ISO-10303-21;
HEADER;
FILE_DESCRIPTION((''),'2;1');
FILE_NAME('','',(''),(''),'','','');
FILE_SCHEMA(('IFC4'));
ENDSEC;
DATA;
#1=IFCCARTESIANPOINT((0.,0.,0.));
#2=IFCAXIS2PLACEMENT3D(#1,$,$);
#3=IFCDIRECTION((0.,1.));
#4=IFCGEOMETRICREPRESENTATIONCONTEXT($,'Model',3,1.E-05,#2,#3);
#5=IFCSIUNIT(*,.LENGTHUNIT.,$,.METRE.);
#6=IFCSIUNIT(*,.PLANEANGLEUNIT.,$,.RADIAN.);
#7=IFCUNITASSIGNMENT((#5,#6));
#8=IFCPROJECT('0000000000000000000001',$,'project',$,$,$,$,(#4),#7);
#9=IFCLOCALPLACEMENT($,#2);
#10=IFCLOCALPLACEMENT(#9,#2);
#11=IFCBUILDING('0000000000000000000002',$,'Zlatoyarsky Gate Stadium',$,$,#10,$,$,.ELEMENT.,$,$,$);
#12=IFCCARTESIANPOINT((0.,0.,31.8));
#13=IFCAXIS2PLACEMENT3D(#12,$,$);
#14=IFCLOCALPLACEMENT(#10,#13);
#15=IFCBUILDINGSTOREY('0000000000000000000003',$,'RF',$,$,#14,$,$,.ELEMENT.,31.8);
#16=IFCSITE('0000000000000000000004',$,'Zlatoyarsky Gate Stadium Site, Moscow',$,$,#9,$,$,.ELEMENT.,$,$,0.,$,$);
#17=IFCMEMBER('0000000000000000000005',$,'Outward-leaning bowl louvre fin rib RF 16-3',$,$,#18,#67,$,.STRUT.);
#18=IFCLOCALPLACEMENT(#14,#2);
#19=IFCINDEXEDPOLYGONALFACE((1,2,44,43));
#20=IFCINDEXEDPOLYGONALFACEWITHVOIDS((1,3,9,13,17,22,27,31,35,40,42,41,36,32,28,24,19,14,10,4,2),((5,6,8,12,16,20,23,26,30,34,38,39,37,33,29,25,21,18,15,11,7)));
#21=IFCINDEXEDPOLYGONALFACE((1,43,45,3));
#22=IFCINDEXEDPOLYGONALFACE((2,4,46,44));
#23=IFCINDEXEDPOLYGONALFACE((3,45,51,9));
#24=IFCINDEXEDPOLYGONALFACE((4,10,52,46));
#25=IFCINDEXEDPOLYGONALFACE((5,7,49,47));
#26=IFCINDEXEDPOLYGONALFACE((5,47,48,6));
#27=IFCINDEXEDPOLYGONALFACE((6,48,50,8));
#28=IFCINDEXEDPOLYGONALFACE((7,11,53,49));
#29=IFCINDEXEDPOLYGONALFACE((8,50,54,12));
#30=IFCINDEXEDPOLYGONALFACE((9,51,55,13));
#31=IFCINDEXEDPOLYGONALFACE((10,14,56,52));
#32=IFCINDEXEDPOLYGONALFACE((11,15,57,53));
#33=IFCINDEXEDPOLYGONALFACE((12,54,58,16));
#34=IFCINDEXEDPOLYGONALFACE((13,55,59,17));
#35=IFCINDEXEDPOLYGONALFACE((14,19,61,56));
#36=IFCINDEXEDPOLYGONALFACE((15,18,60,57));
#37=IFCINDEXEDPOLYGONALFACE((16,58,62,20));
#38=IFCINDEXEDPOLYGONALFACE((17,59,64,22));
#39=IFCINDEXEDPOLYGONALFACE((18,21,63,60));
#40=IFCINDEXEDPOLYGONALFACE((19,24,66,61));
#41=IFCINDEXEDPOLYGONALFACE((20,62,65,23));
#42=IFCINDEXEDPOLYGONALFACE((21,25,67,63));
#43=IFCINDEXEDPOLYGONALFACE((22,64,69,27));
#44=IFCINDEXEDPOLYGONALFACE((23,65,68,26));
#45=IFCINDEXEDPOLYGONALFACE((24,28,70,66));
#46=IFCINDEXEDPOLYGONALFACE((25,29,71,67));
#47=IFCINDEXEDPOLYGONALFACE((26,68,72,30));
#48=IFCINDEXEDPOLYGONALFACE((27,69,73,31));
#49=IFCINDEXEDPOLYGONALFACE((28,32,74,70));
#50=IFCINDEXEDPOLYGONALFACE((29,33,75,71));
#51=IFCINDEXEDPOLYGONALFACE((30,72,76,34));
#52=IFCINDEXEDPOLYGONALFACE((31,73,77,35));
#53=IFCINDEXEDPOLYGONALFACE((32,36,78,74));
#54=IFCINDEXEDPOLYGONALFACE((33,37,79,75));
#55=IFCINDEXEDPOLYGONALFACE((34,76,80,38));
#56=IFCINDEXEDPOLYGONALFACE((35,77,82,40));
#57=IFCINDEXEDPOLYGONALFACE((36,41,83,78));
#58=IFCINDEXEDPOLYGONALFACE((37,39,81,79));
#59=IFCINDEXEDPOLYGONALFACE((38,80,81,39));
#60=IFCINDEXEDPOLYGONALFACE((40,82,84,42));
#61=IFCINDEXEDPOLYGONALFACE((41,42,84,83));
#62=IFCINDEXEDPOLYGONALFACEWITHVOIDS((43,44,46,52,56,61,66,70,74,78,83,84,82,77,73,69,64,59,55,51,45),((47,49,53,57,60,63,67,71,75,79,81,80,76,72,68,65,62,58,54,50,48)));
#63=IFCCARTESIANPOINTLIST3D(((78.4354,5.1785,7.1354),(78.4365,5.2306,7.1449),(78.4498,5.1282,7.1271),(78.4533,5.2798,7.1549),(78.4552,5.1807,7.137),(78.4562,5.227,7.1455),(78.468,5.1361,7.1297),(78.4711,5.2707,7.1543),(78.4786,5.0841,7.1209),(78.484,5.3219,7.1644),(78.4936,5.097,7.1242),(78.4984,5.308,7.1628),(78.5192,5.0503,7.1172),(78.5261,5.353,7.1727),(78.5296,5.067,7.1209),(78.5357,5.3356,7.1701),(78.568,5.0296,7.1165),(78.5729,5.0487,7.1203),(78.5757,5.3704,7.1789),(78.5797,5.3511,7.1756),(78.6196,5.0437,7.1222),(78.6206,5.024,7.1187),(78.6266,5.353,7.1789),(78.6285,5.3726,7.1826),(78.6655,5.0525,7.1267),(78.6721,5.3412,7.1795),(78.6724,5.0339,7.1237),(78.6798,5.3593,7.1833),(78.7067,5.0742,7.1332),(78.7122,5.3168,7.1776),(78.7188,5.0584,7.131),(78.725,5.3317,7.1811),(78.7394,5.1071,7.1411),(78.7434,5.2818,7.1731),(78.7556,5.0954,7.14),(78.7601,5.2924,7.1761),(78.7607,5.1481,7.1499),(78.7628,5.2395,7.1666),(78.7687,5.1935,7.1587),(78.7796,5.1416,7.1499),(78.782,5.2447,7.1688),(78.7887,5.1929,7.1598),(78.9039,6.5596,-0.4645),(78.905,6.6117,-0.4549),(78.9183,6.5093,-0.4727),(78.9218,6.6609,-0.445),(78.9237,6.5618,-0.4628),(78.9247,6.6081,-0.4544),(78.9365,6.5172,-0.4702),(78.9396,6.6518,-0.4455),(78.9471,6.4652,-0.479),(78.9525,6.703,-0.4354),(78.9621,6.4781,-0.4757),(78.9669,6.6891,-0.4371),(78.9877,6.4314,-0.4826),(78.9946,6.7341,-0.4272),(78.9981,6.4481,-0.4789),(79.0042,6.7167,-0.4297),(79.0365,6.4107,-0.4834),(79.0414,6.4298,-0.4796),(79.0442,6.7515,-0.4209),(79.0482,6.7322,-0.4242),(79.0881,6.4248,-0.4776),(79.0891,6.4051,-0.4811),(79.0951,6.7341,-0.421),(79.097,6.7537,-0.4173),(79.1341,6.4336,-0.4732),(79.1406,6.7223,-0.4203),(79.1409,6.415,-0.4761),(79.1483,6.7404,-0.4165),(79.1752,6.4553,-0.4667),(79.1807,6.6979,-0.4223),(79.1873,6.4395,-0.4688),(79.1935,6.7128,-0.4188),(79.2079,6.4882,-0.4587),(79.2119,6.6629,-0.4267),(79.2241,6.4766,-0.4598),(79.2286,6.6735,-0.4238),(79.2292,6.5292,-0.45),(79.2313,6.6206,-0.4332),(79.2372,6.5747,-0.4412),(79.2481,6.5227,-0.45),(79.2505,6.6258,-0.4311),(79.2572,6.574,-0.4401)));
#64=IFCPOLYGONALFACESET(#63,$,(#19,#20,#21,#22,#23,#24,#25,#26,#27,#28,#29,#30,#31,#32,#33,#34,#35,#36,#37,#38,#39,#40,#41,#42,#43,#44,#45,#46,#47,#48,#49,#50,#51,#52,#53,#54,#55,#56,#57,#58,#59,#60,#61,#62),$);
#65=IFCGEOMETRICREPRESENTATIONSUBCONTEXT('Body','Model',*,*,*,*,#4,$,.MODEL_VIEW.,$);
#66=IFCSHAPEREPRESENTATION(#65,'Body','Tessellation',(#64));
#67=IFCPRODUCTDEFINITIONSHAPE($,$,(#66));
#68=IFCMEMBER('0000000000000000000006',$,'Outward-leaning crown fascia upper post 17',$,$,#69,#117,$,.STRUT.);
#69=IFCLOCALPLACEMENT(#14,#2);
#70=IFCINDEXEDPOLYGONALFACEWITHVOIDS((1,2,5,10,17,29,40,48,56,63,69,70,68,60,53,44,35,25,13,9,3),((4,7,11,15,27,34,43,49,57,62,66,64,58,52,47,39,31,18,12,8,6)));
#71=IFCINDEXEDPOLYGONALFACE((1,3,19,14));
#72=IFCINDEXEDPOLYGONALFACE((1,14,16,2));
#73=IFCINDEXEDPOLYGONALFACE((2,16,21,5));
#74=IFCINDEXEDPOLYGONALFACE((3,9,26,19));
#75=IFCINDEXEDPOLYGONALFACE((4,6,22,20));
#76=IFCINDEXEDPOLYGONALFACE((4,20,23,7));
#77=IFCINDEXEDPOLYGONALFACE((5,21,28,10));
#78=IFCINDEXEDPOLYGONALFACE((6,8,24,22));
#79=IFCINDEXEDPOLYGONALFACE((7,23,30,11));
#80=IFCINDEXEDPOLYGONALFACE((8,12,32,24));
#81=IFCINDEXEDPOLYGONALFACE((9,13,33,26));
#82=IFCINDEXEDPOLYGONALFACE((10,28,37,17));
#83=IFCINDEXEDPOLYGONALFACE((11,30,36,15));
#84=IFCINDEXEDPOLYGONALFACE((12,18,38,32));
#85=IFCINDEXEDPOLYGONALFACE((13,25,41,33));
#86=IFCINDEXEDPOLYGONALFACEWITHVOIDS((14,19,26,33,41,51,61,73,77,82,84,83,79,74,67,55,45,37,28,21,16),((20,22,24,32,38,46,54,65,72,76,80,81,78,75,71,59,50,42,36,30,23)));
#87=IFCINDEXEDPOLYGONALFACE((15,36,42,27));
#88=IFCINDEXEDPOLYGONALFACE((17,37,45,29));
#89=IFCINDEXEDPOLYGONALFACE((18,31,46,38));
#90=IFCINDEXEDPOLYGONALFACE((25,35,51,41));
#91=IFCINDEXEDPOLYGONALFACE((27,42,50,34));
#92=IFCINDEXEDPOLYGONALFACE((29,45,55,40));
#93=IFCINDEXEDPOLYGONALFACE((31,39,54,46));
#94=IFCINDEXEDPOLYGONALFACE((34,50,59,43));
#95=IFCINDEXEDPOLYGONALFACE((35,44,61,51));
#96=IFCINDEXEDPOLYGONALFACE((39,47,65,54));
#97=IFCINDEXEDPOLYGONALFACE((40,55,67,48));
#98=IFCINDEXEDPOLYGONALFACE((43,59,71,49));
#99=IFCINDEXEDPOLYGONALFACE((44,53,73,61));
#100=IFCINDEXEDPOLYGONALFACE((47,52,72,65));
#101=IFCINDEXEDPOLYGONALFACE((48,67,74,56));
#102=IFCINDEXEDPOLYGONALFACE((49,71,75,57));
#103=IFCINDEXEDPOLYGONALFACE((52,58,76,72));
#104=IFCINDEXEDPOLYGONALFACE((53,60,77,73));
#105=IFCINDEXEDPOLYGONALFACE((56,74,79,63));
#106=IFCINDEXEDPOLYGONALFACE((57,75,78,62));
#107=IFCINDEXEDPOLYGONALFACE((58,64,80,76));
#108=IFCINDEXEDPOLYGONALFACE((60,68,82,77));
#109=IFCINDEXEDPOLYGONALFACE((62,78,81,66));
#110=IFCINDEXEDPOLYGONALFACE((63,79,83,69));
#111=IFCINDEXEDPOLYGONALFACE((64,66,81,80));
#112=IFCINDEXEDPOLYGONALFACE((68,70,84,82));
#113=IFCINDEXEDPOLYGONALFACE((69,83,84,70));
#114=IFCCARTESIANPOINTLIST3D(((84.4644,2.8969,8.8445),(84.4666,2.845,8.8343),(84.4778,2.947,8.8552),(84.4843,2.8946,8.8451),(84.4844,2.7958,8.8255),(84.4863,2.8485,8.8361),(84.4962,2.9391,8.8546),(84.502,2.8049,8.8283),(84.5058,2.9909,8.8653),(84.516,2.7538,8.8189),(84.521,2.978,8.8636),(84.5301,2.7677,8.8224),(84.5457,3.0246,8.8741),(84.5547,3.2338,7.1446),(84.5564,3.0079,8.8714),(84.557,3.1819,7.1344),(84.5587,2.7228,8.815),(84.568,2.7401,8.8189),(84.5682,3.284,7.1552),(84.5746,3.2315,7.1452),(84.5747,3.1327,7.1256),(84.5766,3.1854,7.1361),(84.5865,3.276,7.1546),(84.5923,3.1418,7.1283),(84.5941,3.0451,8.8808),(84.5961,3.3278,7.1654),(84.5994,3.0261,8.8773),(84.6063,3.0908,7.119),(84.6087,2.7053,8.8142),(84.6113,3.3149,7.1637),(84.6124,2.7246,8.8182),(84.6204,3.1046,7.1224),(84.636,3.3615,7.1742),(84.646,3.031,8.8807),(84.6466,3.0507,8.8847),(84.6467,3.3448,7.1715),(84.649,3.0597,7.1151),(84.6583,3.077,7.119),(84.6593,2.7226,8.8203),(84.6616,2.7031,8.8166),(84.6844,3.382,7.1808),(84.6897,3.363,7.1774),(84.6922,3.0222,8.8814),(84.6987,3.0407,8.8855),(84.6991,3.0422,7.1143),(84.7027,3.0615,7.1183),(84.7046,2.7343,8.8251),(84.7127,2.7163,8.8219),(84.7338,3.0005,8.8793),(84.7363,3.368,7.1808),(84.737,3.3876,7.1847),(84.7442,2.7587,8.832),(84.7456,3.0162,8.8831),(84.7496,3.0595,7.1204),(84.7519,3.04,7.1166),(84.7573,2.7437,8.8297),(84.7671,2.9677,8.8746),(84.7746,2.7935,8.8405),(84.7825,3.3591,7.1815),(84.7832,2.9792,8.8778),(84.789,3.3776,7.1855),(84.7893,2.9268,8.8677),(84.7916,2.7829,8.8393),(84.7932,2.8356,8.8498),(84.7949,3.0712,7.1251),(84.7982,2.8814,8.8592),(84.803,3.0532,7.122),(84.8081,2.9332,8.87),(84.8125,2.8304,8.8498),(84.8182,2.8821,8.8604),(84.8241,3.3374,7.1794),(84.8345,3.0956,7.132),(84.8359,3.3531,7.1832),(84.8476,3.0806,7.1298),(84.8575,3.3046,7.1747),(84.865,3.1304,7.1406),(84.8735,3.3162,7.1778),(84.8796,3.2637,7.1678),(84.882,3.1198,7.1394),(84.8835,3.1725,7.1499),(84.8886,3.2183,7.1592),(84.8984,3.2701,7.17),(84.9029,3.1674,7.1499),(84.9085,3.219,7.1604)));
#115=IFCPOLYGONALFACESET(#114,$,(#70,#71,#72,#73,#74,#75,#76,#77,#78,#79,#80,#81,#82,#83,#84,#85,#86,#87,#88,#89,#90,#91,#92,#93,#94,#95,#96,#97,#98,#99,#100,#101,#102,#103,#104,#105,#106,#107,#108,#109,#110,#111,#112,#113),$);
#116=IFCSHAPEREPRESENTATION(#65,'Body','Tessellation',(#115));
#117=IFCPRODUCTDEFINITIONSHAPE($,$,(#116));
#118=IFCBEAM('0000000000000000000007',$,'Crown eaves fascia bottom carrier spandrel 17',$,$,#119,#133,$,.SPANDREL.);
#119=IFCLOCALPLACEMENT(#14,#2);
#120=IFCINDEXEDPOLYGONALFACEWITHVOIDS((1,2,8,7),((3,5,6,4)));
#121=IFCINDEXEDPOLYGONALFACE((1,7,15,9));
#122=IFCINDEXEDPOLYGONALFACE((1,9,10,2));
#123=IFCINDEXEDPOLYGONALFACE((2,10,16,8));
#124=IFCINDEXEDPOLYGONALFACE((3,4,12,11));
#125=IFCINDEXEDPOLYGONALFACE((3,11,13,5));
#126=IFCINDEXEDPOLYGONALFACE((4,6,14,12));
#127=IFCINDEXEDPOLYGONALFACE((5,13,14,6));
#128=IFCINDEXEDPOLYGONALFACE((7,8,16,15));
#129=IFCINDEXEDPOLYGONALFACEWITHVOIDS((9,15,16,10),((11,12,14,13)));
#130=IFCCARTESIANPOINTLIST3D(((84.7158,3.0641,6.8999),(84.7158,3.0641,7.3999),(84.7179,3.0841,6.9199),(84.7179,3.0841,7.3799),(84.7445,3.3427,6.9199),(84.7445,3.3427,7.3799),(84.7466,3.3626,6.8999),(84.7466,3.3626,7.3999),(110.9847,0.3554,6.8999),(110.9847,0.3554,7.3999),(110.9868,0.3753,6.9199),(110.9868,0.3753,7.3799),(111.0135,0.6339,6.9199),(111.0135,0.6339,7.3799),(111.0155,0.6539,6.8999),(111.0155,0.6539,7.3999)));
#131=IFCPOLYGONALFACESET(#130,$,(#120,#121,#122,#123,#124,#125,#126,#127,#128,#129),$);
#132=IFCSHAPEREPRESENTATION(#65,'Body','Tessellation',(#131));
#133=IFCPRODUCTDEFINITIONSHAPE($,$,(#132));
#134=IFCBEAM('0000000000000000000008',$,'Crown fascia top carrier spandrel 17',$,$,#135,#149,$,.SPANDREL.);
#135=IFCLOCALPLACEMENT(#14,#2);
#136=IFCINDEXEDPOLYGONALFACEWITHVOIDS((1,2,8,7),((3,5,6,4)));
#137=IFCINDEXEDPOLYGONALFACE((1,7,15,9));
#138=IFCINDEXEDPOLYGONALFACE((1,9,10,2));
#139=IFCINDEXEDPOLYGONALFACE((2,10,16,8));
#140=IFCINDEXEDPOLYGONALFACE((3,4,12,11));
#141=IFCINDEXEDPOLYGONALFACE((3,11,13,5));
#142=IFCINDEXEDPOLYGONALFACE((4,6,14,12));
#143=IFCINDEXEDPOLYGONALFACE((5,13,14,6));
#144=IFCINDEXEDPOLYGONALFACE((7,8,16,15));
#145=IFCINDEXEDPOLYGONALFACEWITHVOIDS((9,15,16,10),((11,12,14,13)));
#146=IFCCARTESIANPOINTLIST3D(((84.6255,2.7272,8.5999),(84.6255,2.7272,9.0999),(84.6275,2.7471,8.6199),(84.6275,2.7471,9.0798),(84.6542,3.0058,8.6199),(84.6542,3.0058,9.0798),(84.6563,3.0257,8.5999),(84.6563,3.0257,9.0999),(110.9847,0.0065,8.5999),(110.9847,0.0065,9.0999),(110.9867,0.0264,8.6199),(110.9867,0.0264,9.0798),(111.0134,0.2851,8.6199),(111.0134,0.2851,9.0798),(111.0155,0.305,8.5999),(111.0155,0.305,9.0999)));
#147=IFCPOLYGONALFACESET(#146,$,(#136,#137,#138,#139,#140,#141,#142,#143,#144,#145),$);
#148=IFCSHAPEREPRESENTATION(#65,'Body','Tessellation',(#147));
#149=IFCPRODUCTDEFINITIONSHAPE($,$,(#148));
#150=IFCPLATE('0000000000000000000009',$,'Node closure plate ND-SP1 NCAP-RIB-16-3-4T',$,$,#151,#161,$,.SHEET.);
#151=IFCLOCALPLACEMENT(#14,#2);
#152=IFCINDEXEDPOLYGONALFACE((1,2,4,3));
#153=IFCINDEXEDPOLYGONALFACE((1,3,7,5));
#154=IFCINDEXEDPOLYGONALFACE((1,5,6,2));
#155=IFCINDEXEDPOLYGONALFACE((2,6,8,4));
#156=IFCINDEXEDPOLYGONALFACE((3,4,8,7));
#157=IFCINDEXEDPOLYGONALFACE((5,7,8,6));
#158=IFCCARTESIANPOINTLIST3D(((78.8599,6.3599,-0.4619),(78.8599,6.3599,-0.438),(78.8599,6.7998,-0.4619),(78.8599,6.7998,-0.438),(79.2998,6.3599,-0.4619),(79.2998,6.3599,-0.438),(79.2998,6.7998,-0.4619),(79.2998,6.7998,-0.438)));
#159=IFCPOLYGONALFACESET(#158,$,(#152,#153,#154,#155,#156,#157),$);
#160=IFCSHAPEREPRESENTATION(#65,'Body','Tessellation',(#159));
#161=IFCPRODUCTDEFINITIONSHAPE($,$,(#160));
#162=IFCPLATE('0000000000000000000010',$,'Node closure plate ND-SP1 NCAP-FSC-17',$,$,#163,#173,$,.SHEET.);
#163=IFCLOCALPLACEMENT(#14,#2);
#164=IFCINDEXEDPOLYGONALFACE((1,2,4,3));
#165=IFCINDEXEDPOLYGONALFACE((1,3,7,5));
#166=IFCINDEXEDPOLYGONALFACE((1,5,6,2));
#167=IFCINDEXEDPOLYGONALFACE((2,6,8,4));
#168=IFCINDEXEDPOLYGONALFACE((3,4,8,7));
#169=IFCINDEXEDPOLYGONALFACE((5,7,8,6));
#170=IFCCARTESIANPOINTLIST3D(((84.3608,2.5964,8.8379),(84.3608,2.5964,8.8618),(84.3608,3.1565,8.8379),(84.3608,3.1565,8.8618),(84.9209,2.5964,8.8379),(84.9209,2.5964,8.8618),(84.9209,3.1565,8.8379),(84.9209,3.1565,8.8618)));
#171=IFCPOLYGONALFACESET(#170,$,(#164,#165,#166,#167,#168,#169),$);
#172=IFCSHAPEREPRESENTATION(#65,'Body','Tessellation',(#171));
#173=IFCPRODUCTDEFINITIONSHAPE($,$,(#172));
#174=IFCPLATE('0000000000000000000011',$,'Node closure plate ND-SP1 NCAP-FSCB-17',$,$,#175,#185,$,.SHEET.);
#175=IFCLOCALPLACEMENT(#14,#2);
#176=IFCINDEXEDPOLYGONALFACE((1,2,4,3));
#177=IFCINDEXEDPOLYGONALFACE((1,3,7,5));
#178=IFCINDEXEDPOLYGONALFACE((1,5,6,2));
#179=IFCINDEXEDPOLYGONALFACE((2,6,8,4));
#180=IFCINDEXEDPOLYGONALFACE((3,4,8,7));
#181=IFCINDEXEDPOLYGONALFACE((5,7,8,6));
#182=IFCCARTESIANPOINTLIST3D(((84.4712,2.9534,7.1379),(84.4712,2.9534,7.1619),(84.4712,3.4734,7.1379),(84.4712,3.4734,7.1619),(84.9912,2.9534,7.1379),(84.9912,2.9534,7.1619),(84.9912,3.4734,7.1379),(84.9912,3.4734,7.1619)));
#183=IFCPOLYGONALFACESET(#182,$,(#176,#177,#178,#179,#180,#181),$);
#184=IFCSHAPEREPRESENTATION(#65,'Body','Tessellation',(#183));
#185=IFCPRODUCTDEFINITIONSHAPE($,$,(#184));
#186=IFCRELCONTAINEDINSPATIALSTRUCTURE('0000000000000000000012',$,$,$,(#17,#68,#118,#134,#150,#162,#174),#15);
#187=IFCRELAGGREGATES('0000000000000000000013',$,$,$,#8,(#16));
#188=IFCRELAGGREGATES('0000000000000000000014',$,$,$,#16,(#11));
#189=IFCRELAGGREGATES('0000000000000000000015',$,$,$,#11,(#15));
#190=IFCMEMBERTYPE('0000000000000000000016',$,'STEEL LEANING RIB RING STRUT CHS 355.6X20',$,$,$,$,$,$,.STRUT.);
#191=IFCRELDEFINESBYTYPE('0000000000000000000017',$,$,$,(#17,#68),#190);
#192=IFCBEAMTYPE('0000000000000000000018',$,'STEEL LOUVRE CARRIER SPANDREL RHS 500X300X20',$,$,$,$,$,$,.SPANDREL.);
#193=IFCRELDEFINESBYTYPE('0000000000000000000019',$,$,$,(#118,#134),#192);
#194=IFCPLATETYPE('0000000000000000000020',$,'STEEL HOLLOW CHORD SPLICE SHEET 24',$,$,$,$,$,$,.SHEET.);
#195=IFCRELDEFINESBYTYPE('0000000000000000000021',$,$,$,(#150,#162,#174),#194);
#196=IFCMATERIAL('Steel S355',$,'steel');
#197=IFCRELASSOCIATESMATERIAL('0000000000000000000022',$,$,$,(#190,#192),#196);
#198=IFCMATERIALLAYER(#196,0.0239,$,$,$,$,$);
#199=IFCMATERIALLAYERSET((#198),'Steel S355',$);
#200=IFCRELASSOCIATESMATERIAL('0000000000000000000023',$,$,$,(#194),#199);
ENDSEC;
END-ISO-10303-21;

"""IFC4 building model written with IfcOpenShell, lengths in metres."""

from ifc_helpers import new_model, si_unit, direction, frame, origin, origin_2d, place, context, subcontext, project, spatial, rectangle, hollow_rectangle, hollow_circle, extrude, material, layer, layer_set, material_profile, profile_set, type_object, element, save


model = new_model("IFC4")

# Units and contexts
model_context = context("Model", 3, precision=1e-05, world=origin(), true_north=direction((0.0, 1.0)))
body_context = subcontext(model_context, "Body", "Model", "MODEL_VIEW")
ifc_project = project(units=[si_unit("LENGTHUNIT", "METRE"), si_unit("PLANEANGLEUNIT", "RADIAN")], contexts=[model_context])

# Site, building, storey
site_placement = place(None, origin())
site = spatial("IfcSite", under=ifc_project, at=site_placement, Name="Zlatoyarsky Gate Stadium Site, Moscow", CompositionType="ELEMENT", RefElevation=0.0)
building_placement = place(site_placement, origin())
building = spatial("IfcBuilding", under=site, at=building_placement, Name="Zlatoyarsky Gate Stadium", CompositionType="ELEMENT")
storey_placement = place(building_placement, frame((0.0, 0.0, 31.8)))
storey = spatial("IfcBuildingStorey", under=building, at=storey_placement, Name="RF", CompositionType="ELEMENT", Elevation=31.8)

# Members
ifc_material_1 = material(Name="Steel S355", Category="steel")
ifc_material_profile_1 = material_profile(ifc_material_1, hollow_circle(Radius=0.1777, WallThickness=0.02, at=origin_2d()), Name="CHS 355.6X20")
ifc_profile_set_1 = profile_set([ifc_material_profile_1], Name="Steel S355")
member_type_1 = type_object("IfcMemberType", Name="STEEL LEANING RIB RING STRUT CHS 355.6X20", PredefinedType="STRUT", material=ifc_profile_set_1)
member_1_placement = place(storey_placement, frame((79.0798, 6.5798, -0.45), z_axis=(-0.060542, -0.178471, 0.982081), x_axis=(0.946996, -0.321245, 0.0)))
element("IfcMember", 1, at=member_1_placement, inside=storey, type_object=member_type_1, Name="Outward-leaning bowl louvre fin rib RF 16-3", PredefinedType="STRUT", context=body_context, shape_type="SweptSolid", body=[
    extrude(hollow_circle(Radius=0.1777, WallThickness=0.02, at=origin_2d()), origin(), (0.0, 0.0, 1.0), 7.7385),
])
member_2_placement = place(storey_placement, frame((84.7312, 3.2134, 7.1499), z_axis=(-0.052054, -0.194146, 0.979591), x_axis=(0.965886, -0.258969, 0.0)))
element("IfcMember", 2, at=member_2_placement, inside=storey, type_object=member_type_1, Name="Outward-leaning crown fascia upper post 17", PredefinedType="STRUT", context=body_context, shape_type="SweptSolid", body=[
    extrude(hollow_circle(Radius=0.1777, WallThickness=0.02, at=origin_2d()), origin(), (0.0, 0.0, 1.0), 1.7354),
])

# Beams
ifc_material_profile_2 = material_profile(ifc_material_1, hollow_rectangle(XDim=0.3, YDim=0.5, WallThickness=0.02, at=origin_2d()), Name="RHS 500X300X20")
ifc_profile_set_2 = profile_set([ifc_material_profile_2], Name="Steel S355")
beam_type = type_object("IfcBeamType", Name="STEEL LOUVRE CARRIER SPANDREL RHS 500X300X20", PredefinedType="SPANDREL", material=ifc_profile_set_2)
beam_1_placement = place(storey_placement, frame((84.7312, 3.2134, 7.1499), z_axis=(0.994726, -0.102572, 0.0), x_axis=(0.102572, 0.994726, 0.0)))
element("IfcBeam", 3, at=beam_1_placement, inside=storey, type_object=beam_type, Name="Crown eaves fascia bottom carrier spandrel 17", PredefinedType="SPANDREL", context=body_context, shape_type="SweptSolid", body=[
    extrude(hollow_rectangle(XDim=0.3, YDim=0.5, WallThickness=0.02, at=origin_2d()), origin(), (0.0, 0.0, 1.0), 26.4082),
])
beam_2_placement = place(storey_placement, frame((84.6409, 2.8765, 8.8499), z_axis=(0.994715, -0.102671, 0.0), x_axis=(0.102671, 0.994715, 0.0)))
element("IfcBeam", 4, at=beam_2_placement, inside=storey, type_object=beam_type, Name="Crown fascia top carrier spandrel 17", PredefinedType="SPANDREL", context=body_context, shape_type="SweptSolid", body=[
    extrude(hollow_rectangle(XDim=0.3, YDim=0.5, WallThickness=0.02, at=origin_2d()), origin(), (0.0, 0.0, 1.0), 26.4993),
])

# Plates
ifc_layer_1 = layer(ifc_material_1, 0.0239)
ifc_layer_set_1 = layer_set([ifc_layer_1], Name="Steel S355")
plate_type_1 = type_object("IfcPlateType", Name="STEEL HOLLOW CHORD SPLICE SHEET 24", PredefinedType="SHEET", material=ifc_layer_set_1)
plate_1_placement = place(storey_placement, frame((79.0798, 6.5798, -0.4619), z_axis=(0.0, 0.0, 1.0), x_axis=(1.0, 0.0, 0.0)))
element("IfcPlate", 5, at=plate_1_placement, inside=storey, type_object=plate_type_1, Name="Node closure plate ND-SP1 NCAP-RIB-16-3-4T", PredefinedType="SHEET", context=body_context, shape_type="SweptSolid", body=[
    extrude(rectangle(XDim=0.4399, YDim=0.4399, at=origin_2d()), origin(), (0.0, 0.0, 1.0), 0.0239),
])
plate_2_placement = place(storey_placement, frame((84.6409, 2.8765, 8.8379), z_axis=(0.0, 0.0, 1.0), x_axis=(1.0, 0.0, 0.0)))
element("IfcPlate", 6, at=plate_2_placement, inside=storey, type_object=plate_type_1, Name="Node closure plate ND-SP1 NCAP-FSC-17", PredefinedType="SHEET", context=body_context, shape_type="SweptSolid", body=[
    extrude(rectangle(XDim=0.5601, YDim=0.5601, at=origin_2d()), origin(), (0.0, 0.0, 1.0), 0.0239),
])
plate_3_placement = place(storey_placement, frame((84.7312, 3.2134, 7.1379), z_axis=(0.0, 0.0, 1.0), x_axis=(1.0, 0.0, 0.0)))
element("IfcPlate", 7, at=plate_3_placement, inside=storey, type_object=plate_type_1, Name="Node closure plate ND-SP1 NCAP-FSCB-17", PredefinedType="SHEET", context=body_context, shape_type="SweptSolid", body=[
    extrude(rectangle(XDim=0.52, YDim=0.52, at=origin_2d()), origin(), (0.0, 0.0, 1.0), 0.0239),
])

save(model, "model.ifc")
